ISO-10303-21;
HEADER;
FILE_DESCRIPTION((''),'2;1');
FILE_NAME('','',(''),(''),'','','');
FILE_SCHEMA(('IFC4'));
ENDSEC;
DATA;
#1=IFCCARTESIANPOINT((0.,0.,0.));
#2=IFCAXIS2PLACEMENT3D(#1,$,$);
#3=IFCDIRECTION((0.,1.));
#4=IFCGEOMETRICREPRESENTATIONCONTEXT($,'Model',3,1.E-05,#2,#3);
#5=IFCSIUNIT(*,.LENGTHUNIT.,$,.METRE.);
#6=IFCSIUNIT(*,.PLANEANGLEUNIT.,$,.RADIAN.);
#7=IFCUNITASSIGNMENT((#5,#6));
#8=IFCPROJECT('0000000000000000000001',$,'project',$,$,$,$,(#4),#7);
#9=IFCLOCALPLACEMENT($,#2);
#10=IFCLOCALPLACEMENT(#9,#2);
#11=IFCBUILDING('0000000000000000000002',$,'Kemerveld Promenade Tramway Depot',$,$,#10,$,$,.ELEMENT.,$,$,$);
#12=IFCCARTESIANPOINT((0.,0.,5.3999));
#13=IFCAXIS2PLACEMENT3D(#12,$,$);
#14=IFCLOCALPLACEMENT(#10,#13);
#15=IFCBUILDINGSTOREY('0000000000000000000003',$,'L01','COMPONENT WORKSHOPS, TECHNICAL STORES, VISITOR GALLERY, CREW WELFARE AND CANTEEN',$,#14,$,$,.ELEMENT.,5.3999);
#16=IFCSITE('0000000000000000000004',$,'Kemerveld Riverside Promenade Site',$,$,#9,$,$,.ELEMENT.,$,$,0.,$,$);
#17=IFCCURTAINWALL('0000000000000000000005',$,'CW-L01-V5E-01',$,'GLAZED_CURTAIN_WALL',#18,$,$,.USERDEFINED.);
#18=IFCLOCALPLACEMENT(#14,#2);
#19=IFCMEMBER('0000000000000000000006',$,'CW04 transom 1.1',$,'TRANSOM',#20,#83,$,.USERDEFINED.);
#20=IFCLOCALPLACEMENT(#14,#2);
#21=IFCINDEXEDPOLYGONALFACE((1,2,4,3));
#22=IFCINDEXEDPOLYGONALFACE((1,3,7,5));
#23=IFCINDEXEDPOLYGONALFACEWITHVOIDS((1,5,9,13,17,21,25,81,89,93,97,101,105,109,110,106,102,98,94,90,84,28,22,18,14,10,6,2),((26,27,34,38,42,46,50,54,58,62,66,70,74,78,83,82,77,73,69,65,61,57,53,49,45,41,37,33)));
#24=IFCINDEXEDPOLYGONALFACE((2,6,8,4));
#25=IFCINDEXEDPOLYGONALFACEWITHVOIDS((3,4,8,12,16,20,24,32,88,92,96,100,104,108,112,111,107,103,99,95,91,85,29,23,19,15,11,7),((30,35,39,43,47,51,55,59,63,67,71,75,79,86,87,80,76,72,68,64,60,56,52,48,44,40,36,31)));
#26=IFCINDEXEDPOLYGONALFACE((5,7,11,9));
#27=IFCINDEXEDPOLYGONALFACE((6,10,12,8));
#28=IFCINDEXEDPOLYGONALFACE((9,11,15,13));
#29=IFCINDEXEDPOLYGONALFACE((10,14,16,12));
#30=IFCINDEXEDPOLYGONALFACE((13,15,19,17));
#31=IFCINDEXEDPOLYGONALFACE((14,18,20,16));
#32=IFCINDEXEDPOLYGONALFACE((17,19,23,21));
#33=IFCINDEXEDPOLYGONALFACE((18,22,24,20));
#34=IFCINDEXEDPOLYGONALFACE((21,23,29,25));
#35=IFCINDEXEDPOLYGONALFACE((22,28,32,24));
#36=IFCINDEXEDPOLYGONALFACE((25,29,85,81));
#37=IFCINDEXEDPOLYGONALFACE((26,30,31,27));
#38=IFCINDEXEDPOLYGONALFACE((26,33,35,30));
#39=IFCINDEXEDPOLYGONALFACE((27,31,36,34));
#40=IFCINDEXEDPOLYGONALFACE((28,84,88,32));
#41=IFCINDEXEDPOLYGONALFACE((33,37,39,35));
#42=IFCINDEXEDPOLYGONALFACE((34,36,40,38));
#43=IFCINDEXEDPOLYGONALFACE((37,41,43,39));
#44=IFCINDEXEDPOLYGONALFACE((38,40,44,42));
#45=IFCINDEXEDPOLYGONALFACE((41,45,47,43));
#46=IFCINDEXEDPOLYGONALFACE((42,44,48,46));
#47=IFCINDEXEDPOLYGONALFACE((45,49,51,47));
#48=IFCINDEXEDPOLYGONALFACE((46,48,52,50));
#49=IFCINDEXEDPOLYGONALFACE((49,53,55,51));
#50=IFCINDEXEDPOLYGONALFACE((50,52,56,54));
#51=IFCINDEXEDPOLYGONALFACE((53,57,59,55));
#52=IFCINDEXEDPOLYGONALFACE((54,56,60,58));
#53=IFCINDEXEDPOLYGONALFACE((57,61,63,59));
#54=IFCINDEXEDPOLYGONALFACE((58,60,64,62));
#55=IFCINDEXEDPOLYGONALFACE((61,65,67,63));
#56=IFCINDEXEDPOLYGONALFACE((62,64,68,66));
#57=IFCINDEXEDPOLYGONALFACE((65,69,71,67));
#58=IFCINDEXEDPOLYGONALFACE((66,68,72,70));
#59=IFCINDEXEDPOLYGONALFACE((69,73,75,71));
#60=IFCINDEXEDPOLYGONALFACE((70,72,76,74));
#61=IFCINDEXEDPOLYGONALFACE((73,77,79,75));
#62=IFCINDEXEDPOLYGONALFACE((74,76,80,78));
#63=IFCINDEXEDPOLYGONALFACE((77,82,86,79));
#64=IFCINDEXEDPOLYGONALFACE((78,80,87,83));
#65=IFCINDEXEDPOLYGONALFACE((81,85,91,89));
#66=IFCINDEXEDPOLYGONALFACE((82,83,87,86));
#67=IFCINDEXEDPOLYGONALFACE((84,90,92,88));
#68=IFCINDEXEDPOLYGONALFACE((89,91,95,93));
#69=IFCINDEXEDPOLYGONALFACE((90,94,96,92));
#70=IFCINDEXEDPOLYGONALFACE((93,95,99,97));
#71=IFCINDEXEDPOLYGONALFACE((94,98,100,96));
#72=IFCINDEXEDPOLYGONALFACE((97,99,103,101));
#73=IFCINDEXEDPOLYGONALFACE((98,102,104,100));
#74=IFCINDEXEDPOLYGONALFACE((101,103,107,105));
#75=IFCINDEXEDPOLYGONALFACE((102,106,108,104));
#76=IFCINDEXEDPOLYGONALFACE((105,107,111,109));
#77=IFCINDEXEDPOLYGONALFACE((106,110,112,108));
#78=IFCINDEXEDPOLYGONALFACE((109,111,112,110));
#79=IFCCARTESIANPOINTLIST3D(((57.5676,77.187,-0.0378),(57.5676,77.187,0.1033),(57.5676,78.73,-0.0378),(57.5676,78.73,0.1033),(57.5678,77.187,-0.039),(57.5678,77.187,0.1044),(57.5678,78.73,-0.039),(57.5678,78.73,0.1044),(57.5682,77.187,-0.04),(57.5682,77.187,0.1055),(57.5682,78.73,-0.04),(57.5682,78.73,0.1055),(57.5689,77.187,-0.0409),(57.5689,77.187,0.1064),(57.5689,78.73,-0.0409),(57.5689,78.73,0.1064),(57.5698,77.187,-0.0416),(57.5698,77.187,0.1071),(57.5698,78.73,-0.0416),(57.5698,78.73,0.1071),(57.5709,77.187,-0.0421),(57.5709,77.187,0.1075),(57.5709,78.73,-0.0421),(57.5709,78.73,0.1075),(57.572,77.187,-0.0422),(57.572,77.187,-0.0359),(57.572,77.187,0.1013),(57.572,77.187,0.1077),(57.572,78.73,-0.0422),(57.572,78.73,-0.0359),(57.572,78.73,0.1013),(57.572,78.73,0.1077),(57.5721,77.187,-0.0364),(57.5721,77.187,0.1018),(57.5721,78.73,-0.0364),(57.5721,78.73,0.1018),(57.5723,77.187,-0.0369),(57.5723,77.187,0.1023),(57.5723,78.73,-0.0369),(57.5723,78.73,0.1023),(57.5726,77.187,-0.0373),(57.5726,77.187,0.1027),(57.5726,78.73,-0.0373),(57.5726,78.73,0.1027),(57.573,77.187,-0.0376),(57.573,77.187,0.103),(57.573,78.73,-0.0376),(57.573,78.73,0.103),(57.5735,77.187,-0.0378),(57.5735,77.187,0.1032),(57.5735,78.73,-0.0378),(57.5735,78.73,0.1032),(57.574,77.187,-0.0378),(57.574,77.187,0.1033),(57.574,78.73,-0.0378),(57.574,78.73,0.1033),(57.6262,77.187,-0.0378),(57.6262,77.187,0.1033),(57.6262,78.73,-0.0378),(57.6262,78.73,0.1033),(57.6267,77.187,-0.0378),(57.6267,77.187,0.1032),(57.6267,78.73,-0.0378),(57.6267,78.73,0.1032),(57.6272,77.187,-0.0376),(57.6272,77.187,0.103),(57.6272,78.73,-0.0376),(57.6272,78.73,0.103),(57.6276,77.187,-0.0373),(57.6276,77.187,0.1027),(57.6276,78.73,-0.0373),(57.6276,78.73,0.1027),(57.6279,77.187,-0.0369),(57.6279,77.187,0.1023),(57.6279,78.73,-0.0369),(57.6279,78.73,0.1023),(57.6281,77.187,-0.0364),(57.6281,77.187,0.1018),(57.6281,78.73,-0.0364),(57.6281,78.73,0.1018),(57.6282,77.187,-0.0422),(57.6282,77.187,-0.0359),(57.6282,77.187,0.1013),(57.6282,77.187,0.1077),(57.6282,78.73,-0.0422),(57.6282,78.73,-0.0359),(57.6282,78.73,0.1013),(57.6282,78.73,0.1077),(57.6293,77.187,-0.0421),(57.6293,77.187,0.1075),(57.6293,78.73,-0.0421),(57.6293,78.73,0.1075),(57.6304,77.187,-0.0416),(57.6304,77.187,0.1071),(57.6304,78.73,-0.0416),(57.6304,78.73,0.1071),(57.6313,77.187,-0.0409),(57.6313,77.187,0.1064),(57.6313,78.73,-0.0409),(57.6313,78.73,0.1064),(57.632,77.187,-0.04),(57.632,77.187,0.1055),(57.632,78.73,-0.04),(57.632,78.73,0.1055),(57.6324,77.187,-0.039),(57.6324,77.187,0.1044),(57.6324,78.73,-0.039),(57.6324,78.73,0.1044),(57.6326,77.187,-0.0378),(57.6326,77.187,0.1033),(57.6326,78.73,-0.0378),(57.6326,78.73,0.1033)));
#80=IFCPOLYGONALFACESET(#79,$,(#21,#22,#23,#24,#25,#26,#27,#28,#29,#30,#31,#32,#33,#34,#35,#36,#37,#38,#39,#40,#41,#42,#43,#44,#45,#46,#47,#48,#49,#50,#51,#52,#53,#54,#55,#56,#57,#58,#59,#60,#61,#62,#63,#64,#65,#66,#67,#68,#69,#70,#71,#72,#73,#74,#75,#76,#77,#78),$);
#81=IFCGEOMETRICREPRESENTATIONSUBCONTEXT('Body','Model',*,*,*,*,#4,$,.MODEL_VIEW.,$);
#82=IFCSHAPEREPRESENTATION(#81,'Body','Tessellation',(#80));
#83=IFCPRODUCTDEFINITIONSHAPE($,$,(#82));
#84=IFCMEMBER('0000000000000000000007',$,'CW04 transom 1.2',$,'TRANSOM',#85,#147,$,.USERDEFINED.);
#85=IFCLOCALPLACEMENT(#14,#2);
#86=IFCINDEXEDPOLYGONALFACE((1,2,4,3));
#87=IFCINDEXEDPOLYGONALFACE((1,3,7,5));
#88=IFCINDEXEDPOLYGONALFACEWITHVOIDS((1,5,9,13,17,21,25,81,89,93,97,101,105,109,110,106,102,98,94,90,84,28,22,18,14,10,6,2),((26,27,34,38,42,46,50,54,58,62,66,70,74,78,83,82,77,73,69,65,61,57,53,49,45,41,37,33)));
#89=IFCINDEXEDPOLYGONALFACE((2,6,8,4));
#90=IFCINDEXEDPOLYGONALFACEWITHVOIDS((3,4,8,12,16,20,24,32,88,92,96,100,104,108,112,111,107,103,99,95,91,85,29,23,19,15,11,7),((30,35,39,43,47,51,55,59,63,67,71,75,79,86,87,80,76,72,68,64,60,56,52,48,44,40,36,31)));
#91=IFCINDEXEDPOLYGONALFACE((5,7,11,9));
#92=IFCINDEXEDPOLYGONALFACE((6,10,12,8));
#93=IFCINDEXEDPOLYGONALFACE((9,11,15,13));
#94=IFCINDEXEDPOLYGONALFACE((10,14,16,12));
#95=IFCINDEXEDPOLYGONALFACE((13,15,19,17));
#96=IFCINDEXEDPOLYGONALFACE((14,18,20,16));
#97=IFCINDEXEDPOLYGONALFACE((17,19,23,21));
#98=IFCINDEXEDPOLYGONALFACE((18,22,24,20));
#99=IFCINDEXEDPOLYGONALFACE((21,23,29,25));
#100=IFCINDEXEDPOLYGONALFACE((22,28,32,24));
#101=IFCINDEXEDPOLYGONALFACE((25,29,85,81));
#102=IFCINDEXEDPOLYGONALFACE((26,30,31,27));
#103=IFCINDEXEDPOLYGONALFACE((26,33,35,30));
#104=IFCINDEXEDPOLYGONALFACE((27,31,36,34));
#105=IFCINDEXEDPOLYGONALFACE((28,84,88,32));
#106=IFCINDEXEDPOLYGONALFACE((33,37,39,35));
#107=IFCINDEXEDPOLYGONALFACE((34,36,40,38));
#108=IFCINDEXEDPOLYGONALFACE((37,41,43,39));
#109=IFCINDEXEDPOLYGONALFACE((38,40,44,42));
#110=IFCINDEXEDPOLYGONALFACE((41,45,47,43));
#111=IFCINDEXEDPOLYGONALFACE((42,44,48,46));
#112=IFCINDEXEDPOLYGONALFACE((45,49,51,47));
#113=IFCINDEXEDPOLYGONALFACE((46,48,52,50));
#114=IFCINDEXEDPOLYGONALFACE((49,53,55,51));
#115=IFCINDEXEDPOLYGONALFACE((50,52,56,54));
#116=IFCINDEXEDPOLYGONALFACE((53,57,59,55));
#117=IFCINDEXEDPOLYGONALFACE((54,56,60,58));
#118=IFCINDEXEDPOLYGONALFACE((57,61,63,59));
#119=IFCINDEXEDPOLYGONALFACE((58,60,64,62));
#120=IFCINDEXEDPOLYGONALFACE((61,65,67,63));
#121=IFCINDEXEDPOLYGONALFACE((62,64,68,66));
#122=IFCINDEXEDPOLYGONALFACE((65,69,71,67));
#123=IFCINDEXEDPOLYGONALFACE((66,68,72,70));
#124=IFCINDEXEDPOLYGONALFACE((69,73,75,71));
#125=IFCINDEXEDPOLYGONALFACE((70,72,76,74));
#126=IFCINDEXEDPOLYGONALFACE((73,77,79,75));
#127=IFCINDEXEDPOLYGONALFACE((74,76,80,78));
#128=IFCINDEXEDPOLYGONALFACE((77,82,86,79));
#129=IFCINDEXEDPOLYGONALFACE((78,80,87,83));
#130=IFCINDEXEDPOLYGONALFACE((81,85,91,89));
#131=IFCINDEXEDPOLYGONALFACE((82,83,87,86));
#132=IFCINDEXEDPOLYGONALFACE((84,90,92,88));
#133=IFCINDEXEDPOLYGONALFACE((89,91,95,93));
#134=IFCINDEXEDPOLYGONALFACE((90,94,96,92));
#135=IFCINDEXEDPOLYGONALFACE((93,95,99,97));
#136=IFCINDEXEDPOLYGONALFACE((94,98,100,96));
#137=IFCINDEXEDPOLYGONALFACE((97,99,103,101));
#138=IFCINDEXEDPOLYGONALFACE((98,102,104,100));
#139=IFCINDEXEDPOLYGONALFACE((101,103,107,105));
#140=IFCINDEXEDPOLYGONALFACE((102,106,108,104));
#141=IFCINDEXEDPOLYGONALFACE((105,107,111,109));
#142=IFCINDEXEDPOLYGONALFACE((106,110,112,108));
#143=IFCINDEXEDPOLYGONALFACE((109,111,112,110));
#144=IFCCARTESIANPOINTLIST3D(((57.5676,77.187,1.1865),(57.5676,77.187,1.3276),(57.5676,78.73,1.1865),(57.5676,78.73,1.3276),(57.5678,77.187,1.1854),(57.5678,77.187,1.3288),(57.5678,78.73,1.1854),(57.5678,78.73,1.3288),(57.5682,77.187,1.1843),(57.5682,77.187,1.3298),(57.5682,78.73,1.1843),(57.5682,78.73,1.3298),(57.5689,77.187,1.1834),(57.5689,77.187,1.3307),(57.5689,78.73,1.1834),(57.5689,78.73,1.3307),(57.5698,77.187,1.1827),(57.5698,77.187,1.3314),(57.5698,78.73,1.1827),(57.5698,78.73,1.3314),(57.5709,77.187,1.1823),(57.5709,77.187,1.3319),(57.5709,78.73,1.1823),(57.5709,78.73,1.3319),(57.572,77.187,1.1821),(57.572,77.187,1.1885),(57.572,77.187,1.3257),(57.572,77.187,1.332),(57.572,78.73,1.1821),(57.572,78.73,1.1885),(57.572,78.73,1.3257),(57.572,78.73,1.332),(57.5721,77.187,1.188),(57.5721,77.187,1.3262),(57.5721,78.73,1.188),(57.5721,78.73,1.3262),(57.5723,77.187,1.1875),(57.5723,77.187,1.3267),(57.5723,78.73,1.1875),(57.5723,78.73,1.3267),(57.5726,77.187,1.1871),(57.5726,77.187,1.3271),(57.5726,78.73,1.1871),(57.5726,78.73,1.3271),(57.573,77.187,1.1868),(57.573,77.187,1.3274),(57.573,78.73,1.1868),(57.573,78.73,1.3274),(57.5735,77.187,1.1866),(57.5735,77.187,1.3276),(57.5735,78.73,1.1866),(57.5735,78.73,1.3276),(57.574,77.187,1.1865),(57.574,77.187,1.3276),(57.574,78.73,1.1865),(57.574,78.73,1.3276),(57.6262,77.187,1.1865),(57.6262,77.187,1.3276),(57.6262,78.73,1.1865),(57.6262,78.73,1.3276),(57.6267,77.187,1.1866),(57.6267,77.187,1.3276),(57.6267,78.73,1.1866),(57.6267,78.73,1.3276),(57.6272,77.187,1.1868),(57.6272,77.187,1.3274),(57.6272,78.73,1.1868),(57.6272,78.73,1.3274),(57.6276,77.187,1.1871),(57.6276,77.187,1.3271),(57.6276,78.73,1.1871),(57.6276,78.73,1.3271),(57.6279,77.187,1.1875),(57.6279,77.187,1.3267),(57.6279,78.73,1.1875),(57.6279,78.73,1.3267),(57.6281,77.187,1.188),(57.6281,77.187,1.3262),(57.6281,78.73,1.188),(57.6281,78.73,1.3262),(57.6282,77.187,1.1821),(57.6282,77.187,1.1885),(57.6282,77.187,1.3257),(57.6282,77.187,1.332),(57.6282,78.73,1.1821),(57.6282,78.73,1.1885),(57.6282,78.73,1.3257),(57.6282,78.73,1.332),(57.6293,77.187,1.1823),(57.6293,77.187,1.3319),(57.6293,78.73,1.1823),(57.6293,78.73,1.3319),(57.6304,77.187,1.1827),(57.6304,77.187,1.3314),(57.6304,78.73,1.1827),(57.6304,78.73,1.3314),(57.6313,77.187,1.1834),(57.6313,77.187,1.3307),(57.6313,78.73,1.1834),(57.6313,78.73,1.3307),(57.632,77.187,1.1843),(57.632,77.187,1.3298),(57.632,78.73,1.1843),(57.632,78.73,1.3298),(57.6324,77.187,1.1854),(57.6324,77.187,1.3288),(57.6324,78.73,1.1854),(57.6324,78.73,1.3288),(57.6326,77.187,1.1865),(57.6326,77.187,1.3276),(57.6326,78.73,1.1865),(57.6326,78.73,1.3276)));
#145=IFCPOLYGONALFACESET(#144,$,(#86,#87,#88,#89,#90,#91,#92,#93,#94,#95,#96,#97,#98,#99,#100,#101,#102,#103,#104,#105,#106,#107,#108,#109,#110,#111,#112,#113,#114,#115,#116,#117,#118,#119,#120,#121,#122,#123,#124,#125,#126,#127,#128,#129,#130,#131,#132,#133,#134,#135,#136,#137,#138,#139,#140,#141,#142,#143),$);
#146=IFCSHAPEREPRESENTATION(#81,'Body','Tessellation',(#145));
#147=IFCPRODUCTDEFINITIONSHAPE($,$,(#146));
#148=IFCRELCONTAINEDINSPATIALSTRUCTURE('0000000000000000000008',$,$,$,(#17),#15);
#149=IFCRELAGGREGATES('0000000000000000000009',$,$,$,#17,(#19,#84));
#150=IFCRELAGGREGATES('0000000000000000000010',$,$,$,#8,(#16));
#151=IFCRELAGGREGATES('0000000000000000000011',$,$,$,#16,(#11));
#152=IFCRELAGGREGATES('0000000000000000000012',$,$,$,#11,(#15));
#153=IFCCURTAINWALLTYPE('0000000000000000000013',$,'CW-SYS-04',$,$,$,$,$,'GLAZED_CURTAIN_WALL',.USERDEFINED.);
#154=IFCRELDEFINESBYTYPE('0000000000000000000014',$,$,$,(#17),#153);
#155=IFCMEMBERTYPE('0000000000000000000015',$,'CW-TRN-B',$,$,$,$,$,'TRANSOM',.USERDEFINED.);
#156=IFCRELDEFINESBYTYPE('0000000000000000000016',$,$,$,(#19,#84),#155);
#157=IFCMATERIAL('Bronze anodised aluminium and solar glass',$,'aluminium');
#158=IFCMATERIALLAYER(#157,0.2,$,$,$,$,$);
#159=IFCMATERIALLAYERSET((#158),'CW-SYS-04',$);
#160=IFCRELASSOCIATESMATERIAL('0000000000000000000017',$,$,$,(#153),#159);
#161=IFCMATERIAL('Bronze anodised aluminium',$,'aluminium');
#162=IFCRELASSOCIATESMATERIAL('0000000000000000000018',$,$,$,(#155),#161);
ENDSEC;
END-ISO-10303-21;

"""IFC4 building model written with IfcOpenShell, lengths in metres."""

from ifc_helpers import new_model, si_unit, direction, frame, origin, origin_2d, place, context, subcontext, project, spatial, hollow_rectangle, extrude, material, layer, layer_set, material_profile, profile_set, type_object, element, aggregate, save


model = new_model("IFC4")

# Units and contexts
model_context = context("Model", 3, precision=1e-05, world=origin(), true_north=direction((0.0, 1.0)))
body_context = subcontext(model_context, "Body", "Model", "MODEL_VIEW")
ifc_project = project(units=[si_unit("LENGTHUNIT", "METRE"), si_unit("PLANEANGLEUNIT", "RADIAN")], contexts=[model_context])

# Site, building, storey
site_placement = place(None, origin())
site = spatial("IfcSite", under=ifc_project, at=site_placement, Name="Kemerveld Riverside Promenade Site", CompositionType="ELEMENT", RefElevation=0.0)
building_placement = place(site_placement, origin())
building = spatial("IfcBuilding", under=site, at=building_placement, Name="Kemerveld Promenade Tramway Depot", CompositionType="ELEMENT")
storey_placement = place(building_placement, frame((0.0, 0.0, 5.3999)))
storey = spatial("IfcBuildingStorey", under=building, at=storey_placement, Name="L01", Description="COMPONENT WORKSHOPS, TECHNICAL STORES, VISITOR GALLERY, CREW WELFARE AND CANTEEN", CompositionType="ELEMENT", Elevation=5.3999)

# Curtain wall, members
ifc_material_1 = material(Name="Bronze anodised aluminium and solar glass", Category="aluminium")
ifc_layer_1 = layer(ifc_material_1, 0.2)
ifc_layer_set_1 = layer_set([ifc_layer_1], Name="CW-SYS-04")
curtain_wall_type = type_object("IfcCurtainWallType", Name="CW-SYS-04", ElementType="GLAZED_CURTAIN_WALL", PredefinedType="USERDEFINED", material=ifc_layer_set_1)
curtain_wall_placement = place(storey_placement, origin())
curtain_wall = element("IfcCurtainWall", 1, at=curtain_wall_placement, inside=storey, type_object=curtain_wall_type, Name="CW-L01-V5E-01", ObjectType="GLAZED_CURTAIN_WALL", PredefinedType="USERDEFINED")
ifc_material_2 = material(Name="Bronze anodised aluminium", Category="aluminium")
ifc_material_profile_1 = material_profile(ifc_material_2, hollow_rectangle(XDim=0.0649, YDim=0.1499, WallThickness=0.0044, InnerFilletRadius=0.002, OuterFilletRadius=0.0044, at=origin_2d()), Name="CW-TRN-150x65")
ifc_profile_set_1 = profile_set([ifc_material_profile_1], Name="Bronze anodised aluminium")
member_type_1 = type_object("IfcMemberType", Name="CW-TRN-B", ElementType="TRANSOM", PredefinedType="USERDEFINED", material=ifc_profile_set_1)
member_1_placement = place(storey_placement, frame((57.6001, 78.73, 0.0327), z_axis=(0.0, -1.0, 0.0), x_axis=(1.0, 0.0, 0.0)))
member_1 = element("IfcMember", 2, at=member_1_placement, type_object=member_type_1, Name="CW04 transom 1.1", ObjectType="TRANSOM", PredefinedType="USERDEFINED", context=body_context, shape_type="SweptSolid", body=[
    extrude(hollow_rectangle(XDim=0.0649, YDim=0.1499, WallThickness=0.0044, InnerFilletRadius=0.002, OuterFilletRadius=0.0044, at=origin_2d()), origin(), (0.0, 0.0, 1.0), 1.543),
])
member_2_placement = place(storey_placement, frame((57.6001, 78.73, 1.2571), z_axis=(0.0, -1.0, 0.0), x_axis=(1.0, 0.0, 0.0)))
member_2 = element("IfcMember", 3, at=member_2_placement, type_object=member_type_1, Name="CW04 transom 1.2", ObjectType="TRANSOM", PredefinedType="USERDEFINED", context=body_context, shape_type="SweptSolid", body=[
    extrude(hollow_rectangle(XDim=0.0649, YDim=0.1499, WallThickness=0.0044, InnerFilletRadius=0.002, OuterFilletRadius=0.0044, at=origin_2d()), origin(), (0.0, 0.0, 1.0), 1.543),
])
aggregate(curtain_wall, [member_1, member_2])

save(model, "model.ifc")
